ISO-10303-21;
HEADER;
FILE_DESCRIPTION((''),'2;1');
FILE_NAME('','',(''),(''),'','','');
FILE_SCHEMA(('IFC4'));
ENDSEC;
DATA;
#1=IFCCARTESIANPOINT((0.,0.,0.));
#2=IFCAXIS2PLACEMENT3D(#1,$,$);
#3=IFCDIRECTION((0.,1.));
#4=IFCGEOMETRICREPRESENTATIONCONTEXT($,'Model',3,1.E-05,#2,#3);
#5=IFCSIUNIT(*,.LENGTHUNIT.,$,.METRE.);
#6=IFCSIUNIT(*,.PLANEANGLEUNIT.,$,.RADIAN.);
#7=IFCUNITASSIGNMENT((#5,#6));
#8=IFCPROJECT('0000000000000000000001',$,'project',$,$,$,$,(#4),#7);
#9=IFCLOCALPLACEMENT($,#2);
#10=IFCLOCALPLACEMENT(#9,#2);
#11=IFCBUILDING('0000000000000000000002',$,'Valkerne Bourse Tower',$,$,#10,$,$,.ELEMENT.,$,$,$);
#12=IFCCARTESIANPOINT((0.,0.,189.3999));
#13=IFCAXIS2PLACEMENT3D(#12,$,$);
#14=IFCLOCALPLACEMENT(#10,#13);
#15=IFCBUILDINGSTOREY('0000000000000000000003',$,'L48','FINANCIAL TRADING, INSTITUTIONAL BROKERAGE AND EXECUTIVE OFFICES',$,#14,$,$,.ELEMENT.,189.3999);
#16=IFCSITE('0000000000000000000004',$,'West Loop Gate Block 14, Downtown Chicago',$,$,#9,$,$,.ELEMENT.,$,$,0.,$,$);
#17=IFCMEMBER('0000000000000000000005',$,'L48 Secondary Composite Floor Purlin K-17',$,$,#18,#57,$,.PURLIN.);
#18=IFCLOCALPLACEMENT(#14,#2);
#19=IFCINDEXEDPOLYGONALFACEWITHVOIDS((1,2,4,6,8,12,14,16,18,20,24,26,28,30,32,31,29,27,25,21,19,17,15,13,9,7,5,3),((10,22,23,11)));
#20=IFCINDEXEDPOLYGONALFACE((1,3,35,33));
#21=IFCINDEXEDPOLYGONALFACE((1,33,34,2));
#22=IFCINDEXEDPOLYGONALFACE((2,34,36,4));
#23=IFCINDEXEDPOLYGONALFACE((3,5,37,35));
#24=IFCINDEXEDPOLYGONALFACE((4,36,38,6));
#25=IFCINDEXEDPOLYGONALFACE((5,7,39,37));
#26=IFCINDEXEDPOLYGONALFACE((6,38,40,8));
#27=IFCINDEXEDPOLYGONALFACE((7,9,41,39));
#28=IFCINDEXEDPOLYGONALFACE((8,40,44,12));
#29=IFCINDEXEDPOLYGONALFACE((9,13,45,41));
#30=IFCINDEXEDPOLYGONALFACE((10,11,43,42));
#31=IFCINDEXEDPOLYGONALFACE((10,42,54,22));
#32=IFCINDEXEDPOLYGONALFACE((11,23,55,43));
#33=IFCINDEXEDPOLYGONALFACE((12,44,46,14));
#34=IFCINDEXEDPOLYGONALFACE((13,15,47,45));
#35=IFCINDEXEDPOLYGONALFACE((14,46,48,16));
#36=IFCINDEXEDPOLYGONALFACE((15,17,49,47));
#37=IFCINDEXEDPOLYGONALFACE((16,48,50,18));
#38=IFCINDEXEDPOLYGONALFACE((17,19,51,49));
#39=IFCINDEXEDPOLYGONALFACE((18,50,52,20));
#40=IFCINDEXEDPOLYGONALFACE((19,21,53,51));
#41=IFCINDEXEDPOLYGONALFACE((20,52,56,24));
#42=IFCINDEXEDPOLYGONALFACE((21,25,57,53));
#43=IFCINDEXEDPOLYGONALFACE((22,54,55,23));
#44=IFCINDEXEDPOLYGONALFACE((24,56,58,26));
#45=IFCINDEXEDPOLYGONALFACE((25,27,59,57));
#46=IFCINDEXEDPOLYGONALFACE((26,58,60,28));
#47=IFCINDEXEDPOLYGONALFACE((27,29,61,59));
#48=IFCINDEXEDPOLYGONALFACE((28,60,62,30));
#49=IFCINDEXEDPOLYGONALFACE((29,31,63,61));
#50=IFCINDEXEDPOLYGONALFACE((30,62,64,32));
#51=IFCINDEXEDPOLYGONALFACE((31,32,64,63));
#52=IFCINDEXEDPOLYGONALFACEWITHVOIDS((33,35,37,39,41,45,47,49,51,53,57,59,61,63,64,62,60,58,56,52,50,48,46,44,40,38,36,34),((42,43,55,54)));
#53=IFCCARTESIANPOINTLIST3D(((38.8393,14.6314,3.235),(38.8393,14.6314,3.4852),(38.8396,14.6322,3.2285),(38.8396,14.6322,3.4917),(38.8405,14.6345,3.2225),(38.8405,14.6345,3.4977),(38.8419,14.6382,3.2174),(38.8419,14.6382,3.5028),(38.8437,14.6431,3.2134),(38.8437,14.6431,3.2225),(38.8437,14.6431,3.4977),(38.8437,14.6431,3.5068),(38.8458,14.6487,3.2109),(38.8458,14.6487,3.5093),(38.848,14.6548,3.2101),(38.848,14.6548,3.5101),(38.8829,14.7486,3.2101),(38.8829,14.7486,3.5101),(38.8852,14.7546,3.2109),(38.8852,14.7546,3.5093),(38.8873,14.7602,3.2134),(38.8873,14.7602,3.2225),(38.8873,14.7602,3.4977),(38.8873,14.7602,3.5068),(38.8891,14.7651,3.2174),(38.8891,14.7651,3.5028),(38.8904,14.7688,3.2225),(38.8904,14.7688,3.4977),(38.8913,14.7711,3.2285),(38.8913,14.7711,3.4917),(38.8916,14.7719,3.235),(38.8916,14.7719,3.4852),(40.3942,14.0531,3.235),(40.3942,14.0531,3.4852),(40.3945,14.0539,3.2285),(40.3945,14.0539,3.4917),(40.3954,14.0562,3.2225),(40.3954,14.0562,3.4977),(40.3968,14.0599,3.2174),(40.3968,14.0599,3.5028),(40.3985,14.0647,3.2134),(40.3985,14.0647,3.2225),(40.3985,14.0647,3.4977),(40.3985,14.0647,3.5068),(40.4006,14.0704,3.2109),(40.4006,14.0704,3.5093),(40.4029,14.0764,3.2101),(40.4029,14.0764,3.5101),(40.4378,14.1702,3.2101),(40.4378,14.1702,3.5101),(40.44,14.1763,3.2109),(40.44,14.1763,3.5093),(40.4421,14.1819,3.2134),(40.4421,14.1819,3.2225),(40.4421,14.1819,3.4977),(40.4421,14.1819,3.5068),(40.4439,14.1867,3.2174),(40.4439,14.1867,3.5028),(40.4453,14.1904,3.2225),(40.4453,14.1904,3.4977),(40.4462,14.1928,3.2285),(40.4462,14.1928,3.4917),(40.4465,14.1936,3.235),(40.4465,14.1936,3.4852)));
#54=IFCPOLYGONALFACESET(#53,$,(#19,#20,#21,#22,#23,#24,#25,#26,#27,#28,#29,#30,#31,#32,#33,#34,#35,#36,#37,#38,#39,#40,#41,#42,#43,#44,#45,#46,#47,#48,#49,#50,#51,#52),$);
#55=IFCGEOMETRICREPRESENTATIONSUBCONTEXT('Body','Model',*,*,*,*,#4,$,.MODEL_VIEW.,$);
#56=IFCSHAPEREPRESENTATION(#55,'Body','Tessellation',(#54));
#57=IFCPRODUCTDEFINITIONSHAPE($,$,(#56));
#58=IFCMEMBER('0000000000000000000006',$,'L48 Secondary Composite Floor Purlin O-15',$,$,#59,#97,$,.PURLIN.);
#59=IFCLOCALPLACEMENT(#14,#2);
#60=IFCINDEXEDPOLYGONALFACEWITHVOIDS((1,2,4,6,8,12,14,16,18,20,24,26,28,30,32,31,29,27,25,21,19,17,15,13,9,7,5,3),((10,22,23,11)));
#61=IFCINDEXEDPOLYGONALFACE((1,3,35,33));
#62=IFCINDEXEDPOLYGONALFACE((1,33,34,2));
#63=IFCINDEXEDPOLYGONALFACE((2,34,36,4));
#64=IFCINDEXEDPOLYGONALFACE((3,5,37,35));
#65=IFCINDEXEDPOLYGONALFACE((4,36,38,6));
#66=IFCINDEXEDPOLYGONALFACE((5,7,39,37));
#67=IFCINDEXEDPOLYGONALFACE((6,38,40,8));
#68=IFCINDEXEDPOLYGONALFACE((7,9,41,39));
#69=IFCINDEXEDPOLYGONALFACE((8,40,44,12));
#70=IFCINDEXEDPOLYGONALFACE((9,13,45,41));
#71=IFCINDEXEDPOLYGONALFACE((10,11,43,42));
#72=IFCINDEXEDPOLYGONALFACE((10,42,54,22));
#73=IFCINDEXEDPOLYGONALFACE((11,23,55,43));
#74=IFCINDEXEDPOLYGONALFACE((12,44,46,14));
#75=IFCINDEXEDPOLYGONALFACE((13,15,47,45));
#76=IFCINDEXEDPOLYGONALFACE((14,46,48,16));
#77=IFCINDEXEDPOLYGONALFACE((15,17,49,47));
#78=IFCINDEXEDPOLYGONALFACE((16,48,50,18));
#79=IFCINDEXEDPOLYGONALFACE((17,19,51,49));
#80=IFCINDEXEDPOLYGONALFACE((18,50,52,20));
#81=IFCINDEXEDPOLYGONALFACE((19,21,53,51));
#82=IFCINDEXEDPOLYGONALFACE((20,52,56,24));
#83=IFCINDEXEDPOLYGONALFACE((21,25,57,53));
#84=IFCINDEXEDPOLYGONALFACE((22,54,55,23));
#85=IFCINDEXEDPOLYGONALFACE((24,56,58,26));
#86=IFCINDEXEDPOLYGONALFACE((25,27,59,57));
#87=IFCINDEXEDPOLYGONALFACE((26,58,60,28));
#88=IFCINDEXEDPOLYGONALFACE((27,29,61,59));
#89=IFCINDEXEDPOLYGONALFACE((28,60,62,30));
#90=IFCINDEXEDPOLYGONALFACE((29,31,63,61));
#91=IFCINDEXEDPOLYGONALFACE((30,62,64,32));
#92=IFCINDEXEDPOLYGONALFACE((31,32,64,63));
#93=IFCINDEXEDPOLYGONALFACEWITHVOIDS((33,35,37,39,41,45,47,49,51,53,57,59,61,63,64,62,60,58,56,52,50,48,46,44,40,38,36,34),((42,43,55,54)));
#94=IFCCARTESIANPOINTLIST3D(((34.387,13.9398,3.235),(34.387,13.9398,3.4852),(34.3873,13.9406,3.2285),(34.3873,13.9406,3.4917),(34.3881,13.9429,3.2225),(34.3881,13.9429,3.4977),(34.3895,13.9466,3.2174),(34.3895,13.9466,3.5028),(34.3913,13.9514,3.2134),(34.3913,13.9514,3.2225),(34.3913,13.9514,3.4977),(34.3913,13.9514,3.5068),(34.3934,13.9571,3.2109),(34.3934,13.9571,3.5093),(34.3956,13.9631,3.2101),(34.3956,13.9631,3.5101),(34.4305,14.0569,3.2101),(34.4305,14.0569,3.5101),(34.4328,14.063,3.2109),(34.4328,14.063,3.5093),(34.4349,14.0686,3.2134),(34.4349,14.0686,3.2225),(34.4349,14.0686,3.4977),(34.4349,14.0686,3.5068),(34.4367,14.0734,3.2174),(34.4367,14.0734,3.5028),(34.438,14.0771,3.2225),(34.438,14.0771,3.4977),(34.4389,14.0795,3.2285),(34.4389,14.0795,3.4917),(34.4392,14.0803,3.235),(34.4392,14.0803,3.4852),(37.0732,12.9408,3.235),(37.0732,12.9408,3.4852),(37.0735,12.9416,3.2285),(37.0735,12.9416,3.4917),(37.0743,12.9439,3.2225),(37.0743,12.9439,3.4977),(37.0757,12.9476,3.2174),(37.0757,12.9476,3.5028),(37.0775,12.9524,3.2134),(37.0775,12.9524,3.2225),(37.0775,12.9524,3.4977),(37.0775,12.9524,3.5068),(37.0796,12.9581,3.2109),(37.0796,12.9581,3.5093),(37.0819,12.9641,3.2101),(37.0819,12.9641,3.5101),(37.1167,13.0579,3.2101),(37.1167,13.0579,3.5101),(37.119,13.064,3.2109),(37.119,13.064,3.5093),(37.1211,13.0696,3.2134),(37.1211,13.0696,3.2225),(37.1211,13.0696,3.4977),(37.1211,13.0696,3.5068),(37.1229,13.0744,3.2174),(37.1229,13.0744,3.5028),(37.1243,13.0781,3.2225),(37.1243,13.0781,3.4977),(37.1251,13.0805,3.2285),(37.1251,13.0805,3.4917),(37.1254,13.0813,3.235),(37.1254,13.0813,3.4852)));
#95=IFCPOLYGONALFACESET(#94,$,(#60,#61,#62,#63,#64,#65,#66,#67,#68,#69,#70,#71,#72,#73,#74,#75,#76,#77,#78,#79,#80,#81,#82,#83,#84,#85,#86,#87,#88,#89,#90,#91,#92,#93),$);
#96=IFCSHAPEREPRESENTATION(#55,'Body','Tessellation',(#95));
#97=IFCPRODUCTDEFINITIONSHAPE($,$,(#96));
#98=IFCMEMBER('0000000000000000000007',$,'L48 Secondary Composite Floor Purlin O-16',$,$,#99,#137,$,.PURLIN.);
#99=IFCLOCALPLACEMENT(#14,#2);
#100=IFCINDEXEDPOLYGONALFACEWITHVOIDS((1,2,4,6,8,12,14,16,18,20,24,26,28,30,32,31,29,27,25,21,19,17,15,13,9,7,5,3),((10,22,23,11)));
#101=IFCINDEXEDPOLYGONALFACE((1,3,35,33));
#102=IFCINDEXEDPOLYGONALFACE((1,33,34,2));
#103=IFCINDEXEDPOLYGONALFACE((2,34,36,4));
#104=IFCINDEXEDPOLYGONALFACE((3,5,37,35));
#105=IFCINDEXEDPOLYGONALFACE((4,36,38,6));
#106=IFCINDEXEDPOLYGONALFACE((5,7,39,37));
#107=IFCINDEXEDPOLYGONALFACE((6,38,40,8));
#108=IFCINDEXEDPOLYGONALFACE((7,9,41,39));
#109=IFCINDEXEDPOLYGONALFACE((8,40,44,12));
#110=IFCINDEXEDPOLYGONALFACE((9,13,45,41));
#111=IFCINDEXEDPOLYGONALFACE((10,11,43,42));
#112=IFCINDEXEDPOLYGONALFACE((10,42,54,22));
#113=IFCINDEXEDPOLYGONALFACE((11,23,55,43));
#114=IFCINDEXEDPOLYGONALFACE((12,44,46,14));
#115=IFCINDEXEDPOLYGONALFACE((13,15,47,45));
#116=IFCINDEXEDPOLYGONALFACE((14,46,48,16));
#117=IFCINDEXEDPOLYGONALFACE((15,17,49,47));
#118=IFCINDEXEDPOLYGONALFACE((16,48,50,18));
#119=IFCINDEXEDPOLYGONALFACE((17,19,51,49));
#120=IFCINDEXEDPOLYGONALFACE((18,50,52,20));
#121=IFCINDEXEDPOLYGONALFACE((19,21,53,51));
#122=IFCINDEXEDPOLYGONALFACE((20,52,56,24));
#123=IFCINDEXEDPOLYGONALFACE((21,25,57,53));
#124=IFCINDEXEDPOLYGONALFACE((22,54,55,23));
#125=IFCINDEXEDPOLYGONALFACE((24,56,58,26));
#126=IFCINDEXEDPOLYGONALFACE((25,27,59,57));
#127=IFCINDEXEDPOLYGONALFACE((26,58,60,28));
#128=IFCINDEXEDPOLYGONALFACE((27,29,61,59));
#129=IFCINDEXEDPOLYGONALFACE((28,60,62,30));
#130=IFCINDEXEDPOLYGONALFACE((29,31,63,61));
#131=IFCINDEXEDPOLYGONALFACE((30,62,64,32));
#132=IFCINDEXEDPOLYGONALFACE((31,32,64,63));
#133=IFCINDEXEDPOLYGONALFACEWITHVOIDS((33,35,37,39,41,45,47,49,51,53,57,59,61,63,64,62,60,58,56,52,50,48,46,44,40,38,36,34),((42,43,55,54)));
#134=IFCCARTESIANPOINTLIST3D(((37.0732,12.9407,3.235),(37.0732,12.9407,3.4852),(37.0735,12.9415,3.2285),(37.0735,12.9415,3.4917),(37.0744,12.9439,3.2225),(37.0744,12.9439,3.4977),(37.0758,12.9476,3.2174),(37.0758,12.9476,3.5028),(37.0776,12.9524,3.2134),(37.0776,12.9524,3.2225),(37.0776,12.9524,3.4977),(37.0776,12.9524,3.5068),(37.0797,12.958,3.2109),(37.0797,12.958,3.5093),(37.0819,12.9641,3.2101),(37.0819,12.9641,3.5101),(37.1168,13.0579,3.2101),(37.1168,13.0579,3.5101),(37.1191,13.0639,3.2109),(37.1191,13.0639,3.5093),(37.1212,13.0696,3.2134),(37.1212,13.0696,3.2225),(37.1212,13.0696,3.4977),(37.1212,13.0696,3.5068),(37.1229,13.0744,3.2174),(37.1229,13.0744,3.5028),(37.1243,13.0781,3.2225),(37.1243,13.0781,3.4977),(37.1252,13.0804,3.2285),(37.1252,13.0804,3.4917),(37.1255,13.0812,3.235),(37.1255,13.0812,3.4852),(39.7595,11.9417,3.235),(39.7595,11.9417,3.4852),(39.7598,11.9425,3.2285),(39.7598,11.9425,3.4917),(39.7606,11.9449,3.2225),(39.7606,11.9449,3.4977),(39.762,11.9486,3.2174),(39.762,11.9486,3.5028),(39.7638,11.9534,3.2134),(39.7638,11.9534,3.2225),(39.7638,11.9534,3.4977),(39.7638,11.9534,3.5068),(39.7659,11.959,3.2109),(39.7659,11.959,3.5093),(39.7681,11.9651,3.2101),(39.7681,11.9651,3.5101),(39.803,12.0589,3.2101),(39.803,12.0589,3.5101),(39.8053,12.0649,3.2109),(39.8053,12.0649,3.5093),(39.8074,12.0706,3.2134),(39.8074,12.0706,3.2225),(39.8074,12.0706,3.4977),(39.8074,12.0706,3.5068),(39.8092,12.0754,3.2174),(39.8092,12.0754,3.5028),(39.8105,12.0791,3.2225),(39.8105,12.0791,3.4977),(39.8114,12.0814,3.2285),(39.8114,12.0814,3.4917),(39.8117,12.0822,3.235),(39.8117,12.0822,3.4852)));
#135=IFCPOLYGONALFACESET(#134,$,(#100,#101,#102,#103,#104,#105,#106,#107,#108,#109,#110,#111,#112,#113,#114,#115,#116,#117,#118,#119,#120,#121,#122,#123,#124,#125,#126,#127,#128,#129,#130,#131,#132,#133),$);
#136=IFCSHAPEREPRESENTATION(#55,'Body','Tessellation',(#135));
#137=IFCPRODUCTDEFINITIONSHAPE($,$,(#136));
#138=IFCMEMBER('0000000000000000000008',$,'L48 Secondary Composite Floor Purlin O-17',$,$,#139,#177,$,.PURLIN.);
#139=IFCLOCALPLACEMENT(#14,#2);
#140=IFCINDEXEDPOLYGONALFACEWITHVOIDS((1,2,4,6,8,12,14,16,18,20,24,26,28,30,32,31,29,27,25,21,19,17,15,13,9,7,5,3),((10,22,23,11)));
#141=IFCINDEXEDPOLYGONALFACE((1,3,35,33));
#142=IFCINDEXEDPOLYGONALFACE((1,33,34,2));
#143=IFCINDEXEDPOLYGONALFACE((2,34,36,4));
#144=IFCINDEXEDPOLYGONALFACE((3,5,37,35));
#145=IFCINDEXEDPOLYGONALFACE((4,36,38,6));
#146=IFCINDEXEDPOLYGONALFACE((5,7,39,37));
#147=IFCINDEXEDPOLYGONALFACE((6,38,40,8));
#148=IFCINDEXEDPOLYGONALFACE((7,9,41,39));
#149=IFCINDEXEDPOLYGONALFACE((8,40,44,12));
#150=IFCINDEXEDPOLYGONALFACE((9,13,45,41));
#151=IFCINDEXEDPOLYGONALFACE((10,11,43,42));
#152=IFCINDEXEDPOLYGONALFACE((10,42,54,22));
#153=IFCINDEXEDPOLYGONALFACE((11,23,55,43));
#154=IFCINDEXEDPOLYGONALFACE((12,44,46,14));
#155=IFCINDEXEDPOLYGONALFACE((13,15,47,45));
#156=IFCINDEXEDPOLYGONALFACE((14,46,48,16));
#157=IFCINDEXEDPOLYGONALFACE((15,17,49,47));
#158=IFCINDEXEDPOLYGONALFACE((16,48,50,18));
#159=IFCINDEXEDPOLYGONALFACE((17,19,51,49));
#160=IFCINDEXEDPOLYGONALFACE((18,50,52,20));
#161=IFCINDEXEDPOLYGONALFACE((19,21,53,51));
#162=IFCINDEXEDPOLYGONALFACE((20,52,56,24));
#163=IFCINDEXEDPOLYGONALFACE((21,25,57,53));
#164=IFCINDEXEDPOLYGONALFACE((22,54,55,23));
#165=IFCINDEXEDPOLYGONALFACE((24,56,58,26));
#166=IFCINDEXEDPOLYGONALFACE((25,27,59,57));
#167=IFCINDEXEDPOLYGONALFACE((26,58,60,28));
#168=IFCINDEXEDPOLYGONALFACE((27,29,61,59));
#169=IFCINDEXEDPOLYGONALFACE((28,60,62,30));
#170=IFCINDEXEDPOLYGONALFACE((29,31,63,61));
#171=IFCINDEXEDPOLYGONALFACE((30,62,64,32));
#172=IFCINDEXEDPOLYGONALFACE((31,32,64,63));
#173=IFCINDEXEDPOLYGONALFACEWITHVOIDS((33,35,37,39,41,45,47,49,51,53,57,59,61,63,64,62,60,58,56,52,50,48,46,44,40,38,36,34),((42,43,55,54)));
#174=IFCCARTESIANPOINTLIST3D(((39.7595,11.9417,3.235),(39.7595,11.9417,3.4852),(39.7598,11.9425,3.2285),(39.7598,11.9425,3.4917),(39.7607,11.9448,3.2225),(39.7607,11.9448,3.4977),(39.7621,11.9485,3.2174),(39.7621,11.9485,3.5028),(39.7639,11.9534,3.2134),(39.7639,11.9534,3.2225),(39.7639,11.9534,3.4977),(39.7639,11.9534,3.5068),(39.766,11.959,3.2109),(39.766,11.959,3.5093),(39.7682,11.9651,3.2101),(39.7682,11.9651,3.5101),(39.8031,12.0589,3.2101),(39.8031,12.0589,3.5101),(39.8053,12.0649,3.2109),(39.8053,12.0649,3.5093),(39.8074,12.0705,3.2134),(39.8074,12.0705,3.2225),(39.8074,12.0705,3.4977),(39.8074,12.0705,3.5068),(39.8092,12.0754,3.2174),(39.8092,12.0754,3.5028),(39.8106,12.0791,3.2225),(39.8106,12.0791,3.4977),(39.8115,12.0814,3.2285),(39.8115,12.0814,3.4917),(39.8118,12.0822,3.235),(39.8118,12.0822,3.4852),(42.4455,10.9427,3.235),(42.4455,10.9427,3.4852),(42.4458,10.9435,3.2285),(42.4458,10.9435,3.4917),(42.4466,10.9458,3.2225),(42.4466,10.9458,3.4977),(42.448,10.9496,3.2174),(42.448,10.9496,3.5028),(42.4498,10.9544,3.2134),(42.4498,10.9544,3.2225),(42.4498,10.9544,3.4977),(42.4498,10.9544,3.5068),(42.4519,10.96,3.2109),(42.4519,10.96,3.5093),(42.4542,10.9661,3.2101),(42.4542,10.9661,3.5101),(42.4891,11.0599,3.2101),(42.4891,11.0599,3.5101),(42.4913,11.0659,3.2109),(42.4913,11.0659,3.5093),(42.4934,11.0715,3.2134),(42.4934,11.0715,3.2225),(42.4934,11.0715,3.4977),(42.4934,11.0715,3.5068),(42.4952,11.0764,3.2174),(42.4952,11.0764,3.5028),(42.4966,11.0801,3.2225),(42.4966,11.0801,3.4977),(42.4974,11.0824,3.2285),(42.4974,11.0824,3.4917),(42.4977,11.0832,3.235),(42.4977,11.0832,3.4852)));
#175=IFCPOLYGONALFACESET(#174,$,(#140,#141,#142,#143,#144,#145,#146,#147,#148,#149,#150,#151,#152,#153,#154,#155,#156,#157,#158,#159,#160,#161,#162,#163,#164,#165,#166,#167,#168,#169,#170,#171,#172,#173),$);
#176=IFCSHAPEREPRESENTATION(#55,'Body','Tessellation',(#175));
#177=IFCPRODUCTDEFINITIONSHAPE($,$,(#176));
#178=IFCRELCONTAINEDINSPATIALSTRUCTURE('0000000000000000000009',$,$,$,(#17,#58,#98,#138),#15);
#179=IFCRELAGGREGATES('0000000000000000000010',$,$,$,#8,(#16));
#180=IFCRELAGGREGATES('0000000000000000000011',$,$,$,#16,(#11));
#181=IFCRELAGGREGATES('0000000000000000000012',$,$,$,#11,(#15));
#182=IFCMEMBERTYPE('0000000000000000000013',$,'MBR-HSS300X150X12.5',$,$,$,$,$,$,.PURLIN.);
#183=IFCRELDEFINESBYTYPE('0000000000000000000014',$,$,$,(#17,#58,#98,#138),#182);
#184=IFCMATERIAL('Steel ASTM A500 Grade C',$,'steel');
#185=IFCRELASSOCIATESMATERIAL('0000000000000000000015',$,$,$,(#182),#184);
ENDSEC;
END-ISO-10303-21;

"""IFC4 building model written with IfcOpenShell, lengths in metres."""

from ifc_helpers import new_model, si_unit, direction, frame, origin, origin_2d, place, context, subcontext, project, spatial, hollow_rectangle, extrude, material, material_profile, profile_set, type_object, element, save


model = new_model("IFC4")

# Units and contexts
model_context = context("Model", 3, precision=1e-05, world=origin(), true_north=direction((0.0, 1.0)))
body_context = subcontext(model_context, "Body", "Model", "MODEL_VIEW")
ifc_project = project(units=[si_unit("LENGTHUNIT", "METRE"), si_unit("PLANEANGLEUNIT", "RADIAN")], contexts=[model_context])

# Site, building, storey
site_placement = place(None, origin())
site = spatial("IfcSite", under=ifc_project, at=site_placement, Name="West Loop Gate Block 14, Downtown Chicago", CompositionType="ELEMENT", RefElevation=0.0)
building_placement = place(site_placement, origin())
building = spatial("IfcBuilding", under=site, at=building_placement, Name="Valkerne Bourse Tower", CompositionType="ELEMENT")
storey_placement = place(building_placement, frame((0.0, 0.0, 189.3999)))
storey = spatial("IfcBuildingStorey", under=building, at=storey_placement, Name="L48", Description="FINANCIAL TRADING, INSTITUTIONAL BROKERAGE AND EXECUTIVE OFFICES", CompositionType="ELEMENT", Elevation=189.3999)

# Members
ifc_material_1 = material(Name="Steel ASTM A500 Grade C", Category="steel")
ifc_material_profile_1 = material_profile(ifc_material_1, hollow_rectangle(XDim=0.1499, YDim=0.3, WallThickness=0.0125, OuterFilletRadius=0.0249, at=origin_2d()), Name="HSS300X150X12.5")
ifc_profile_set_1 = profile_set([ifc_material_profile_1], Name="Steel ASTM A500 Grade C")
member_type_1 = type_object("IfcMemberType", Name="MBR-HSS300X150X12.5", PredefinedType="PURLIN", material=ifc_profile_set_1)
member_1_placement = place(storey_placement, frame((38.8655, 14.7017, 3.3601), z_axis=(0.937263, -0.348622, 0.0), x_axis=(0.348622, 0.937263, 0.0)))
element("IfcMember", 1, at=member_1_placement, inside=storey, type_object=member_type_1, Name="L48 Secondary Composite Floor Purlin K-17", PredefinedType="PURLIN", context=body_context, shape_type="SweptSolid", body=[
    extrude(hollow_rectangle(XDim=0.1499, YDim=0.3, WallThickness=0.0125, OuterFilletRadius=0.0249, at=origin_2d()), origin(), (0.0, 0.0, 1.0), 1.6589),
])
for number, where, z_axis, x_axis, name in (
    (2, (34.4131, 14.01, 3.3601), (0.937281, -0.348574, 0.0), (0.348574, 0.937281, 0.0), "L48 Secondary Composite Floor Purlin O-15"),
    (3, (37.0994, 13.011, 3.3601), (0.937281, -0.348574, 0.0), (0.348574, 0.937281, 0.0), "L48 Secondary Composite Floor Purlin O-16"),
):
    element("IfcMember", number, at=place(storey_placement, frame(where, z_axis=z_axis, x_axis=x_axis)), inside=storey, type_object=member_type_1, Name=name, PredefinedType="PURLIN", context=body_context, shape_type="SweptSolid", body=[
        extrude(hollow_rectangle(XDim=0.1499, YDim=0.3, WallThickness=0.0125, OuterFilletRadius=0.0249, at=origin_2d()), origin(), (0.0, 0.0, 1.0), 2.866),
    ])
member_2_placement = place(storey_placement, frame((39.7856, 12.012, 3.3601), z_axis=(0.937271, -0.348601, 0.0), x_axis=(0.348601, 0.937271, 0.0)))
element("IfcMember", 4, at=member_2_placement, inside=storey, type_object=member_type_1, Name="L48 Secondary Composite Floor Purlin O-17", PredefinedType="PURLIN", context=body_context, shape_type="SweptSolid", body=[
    extrude(hollow_rectangle(XDim=0.1499, YDim=0.3, WallThickness=0.0125, OuterFilletRadius=0.0249, at=origin_2d()), origin(), (0.0, 0.0, 1.0), 2.8657),
])

save(model, "model.ifc")
